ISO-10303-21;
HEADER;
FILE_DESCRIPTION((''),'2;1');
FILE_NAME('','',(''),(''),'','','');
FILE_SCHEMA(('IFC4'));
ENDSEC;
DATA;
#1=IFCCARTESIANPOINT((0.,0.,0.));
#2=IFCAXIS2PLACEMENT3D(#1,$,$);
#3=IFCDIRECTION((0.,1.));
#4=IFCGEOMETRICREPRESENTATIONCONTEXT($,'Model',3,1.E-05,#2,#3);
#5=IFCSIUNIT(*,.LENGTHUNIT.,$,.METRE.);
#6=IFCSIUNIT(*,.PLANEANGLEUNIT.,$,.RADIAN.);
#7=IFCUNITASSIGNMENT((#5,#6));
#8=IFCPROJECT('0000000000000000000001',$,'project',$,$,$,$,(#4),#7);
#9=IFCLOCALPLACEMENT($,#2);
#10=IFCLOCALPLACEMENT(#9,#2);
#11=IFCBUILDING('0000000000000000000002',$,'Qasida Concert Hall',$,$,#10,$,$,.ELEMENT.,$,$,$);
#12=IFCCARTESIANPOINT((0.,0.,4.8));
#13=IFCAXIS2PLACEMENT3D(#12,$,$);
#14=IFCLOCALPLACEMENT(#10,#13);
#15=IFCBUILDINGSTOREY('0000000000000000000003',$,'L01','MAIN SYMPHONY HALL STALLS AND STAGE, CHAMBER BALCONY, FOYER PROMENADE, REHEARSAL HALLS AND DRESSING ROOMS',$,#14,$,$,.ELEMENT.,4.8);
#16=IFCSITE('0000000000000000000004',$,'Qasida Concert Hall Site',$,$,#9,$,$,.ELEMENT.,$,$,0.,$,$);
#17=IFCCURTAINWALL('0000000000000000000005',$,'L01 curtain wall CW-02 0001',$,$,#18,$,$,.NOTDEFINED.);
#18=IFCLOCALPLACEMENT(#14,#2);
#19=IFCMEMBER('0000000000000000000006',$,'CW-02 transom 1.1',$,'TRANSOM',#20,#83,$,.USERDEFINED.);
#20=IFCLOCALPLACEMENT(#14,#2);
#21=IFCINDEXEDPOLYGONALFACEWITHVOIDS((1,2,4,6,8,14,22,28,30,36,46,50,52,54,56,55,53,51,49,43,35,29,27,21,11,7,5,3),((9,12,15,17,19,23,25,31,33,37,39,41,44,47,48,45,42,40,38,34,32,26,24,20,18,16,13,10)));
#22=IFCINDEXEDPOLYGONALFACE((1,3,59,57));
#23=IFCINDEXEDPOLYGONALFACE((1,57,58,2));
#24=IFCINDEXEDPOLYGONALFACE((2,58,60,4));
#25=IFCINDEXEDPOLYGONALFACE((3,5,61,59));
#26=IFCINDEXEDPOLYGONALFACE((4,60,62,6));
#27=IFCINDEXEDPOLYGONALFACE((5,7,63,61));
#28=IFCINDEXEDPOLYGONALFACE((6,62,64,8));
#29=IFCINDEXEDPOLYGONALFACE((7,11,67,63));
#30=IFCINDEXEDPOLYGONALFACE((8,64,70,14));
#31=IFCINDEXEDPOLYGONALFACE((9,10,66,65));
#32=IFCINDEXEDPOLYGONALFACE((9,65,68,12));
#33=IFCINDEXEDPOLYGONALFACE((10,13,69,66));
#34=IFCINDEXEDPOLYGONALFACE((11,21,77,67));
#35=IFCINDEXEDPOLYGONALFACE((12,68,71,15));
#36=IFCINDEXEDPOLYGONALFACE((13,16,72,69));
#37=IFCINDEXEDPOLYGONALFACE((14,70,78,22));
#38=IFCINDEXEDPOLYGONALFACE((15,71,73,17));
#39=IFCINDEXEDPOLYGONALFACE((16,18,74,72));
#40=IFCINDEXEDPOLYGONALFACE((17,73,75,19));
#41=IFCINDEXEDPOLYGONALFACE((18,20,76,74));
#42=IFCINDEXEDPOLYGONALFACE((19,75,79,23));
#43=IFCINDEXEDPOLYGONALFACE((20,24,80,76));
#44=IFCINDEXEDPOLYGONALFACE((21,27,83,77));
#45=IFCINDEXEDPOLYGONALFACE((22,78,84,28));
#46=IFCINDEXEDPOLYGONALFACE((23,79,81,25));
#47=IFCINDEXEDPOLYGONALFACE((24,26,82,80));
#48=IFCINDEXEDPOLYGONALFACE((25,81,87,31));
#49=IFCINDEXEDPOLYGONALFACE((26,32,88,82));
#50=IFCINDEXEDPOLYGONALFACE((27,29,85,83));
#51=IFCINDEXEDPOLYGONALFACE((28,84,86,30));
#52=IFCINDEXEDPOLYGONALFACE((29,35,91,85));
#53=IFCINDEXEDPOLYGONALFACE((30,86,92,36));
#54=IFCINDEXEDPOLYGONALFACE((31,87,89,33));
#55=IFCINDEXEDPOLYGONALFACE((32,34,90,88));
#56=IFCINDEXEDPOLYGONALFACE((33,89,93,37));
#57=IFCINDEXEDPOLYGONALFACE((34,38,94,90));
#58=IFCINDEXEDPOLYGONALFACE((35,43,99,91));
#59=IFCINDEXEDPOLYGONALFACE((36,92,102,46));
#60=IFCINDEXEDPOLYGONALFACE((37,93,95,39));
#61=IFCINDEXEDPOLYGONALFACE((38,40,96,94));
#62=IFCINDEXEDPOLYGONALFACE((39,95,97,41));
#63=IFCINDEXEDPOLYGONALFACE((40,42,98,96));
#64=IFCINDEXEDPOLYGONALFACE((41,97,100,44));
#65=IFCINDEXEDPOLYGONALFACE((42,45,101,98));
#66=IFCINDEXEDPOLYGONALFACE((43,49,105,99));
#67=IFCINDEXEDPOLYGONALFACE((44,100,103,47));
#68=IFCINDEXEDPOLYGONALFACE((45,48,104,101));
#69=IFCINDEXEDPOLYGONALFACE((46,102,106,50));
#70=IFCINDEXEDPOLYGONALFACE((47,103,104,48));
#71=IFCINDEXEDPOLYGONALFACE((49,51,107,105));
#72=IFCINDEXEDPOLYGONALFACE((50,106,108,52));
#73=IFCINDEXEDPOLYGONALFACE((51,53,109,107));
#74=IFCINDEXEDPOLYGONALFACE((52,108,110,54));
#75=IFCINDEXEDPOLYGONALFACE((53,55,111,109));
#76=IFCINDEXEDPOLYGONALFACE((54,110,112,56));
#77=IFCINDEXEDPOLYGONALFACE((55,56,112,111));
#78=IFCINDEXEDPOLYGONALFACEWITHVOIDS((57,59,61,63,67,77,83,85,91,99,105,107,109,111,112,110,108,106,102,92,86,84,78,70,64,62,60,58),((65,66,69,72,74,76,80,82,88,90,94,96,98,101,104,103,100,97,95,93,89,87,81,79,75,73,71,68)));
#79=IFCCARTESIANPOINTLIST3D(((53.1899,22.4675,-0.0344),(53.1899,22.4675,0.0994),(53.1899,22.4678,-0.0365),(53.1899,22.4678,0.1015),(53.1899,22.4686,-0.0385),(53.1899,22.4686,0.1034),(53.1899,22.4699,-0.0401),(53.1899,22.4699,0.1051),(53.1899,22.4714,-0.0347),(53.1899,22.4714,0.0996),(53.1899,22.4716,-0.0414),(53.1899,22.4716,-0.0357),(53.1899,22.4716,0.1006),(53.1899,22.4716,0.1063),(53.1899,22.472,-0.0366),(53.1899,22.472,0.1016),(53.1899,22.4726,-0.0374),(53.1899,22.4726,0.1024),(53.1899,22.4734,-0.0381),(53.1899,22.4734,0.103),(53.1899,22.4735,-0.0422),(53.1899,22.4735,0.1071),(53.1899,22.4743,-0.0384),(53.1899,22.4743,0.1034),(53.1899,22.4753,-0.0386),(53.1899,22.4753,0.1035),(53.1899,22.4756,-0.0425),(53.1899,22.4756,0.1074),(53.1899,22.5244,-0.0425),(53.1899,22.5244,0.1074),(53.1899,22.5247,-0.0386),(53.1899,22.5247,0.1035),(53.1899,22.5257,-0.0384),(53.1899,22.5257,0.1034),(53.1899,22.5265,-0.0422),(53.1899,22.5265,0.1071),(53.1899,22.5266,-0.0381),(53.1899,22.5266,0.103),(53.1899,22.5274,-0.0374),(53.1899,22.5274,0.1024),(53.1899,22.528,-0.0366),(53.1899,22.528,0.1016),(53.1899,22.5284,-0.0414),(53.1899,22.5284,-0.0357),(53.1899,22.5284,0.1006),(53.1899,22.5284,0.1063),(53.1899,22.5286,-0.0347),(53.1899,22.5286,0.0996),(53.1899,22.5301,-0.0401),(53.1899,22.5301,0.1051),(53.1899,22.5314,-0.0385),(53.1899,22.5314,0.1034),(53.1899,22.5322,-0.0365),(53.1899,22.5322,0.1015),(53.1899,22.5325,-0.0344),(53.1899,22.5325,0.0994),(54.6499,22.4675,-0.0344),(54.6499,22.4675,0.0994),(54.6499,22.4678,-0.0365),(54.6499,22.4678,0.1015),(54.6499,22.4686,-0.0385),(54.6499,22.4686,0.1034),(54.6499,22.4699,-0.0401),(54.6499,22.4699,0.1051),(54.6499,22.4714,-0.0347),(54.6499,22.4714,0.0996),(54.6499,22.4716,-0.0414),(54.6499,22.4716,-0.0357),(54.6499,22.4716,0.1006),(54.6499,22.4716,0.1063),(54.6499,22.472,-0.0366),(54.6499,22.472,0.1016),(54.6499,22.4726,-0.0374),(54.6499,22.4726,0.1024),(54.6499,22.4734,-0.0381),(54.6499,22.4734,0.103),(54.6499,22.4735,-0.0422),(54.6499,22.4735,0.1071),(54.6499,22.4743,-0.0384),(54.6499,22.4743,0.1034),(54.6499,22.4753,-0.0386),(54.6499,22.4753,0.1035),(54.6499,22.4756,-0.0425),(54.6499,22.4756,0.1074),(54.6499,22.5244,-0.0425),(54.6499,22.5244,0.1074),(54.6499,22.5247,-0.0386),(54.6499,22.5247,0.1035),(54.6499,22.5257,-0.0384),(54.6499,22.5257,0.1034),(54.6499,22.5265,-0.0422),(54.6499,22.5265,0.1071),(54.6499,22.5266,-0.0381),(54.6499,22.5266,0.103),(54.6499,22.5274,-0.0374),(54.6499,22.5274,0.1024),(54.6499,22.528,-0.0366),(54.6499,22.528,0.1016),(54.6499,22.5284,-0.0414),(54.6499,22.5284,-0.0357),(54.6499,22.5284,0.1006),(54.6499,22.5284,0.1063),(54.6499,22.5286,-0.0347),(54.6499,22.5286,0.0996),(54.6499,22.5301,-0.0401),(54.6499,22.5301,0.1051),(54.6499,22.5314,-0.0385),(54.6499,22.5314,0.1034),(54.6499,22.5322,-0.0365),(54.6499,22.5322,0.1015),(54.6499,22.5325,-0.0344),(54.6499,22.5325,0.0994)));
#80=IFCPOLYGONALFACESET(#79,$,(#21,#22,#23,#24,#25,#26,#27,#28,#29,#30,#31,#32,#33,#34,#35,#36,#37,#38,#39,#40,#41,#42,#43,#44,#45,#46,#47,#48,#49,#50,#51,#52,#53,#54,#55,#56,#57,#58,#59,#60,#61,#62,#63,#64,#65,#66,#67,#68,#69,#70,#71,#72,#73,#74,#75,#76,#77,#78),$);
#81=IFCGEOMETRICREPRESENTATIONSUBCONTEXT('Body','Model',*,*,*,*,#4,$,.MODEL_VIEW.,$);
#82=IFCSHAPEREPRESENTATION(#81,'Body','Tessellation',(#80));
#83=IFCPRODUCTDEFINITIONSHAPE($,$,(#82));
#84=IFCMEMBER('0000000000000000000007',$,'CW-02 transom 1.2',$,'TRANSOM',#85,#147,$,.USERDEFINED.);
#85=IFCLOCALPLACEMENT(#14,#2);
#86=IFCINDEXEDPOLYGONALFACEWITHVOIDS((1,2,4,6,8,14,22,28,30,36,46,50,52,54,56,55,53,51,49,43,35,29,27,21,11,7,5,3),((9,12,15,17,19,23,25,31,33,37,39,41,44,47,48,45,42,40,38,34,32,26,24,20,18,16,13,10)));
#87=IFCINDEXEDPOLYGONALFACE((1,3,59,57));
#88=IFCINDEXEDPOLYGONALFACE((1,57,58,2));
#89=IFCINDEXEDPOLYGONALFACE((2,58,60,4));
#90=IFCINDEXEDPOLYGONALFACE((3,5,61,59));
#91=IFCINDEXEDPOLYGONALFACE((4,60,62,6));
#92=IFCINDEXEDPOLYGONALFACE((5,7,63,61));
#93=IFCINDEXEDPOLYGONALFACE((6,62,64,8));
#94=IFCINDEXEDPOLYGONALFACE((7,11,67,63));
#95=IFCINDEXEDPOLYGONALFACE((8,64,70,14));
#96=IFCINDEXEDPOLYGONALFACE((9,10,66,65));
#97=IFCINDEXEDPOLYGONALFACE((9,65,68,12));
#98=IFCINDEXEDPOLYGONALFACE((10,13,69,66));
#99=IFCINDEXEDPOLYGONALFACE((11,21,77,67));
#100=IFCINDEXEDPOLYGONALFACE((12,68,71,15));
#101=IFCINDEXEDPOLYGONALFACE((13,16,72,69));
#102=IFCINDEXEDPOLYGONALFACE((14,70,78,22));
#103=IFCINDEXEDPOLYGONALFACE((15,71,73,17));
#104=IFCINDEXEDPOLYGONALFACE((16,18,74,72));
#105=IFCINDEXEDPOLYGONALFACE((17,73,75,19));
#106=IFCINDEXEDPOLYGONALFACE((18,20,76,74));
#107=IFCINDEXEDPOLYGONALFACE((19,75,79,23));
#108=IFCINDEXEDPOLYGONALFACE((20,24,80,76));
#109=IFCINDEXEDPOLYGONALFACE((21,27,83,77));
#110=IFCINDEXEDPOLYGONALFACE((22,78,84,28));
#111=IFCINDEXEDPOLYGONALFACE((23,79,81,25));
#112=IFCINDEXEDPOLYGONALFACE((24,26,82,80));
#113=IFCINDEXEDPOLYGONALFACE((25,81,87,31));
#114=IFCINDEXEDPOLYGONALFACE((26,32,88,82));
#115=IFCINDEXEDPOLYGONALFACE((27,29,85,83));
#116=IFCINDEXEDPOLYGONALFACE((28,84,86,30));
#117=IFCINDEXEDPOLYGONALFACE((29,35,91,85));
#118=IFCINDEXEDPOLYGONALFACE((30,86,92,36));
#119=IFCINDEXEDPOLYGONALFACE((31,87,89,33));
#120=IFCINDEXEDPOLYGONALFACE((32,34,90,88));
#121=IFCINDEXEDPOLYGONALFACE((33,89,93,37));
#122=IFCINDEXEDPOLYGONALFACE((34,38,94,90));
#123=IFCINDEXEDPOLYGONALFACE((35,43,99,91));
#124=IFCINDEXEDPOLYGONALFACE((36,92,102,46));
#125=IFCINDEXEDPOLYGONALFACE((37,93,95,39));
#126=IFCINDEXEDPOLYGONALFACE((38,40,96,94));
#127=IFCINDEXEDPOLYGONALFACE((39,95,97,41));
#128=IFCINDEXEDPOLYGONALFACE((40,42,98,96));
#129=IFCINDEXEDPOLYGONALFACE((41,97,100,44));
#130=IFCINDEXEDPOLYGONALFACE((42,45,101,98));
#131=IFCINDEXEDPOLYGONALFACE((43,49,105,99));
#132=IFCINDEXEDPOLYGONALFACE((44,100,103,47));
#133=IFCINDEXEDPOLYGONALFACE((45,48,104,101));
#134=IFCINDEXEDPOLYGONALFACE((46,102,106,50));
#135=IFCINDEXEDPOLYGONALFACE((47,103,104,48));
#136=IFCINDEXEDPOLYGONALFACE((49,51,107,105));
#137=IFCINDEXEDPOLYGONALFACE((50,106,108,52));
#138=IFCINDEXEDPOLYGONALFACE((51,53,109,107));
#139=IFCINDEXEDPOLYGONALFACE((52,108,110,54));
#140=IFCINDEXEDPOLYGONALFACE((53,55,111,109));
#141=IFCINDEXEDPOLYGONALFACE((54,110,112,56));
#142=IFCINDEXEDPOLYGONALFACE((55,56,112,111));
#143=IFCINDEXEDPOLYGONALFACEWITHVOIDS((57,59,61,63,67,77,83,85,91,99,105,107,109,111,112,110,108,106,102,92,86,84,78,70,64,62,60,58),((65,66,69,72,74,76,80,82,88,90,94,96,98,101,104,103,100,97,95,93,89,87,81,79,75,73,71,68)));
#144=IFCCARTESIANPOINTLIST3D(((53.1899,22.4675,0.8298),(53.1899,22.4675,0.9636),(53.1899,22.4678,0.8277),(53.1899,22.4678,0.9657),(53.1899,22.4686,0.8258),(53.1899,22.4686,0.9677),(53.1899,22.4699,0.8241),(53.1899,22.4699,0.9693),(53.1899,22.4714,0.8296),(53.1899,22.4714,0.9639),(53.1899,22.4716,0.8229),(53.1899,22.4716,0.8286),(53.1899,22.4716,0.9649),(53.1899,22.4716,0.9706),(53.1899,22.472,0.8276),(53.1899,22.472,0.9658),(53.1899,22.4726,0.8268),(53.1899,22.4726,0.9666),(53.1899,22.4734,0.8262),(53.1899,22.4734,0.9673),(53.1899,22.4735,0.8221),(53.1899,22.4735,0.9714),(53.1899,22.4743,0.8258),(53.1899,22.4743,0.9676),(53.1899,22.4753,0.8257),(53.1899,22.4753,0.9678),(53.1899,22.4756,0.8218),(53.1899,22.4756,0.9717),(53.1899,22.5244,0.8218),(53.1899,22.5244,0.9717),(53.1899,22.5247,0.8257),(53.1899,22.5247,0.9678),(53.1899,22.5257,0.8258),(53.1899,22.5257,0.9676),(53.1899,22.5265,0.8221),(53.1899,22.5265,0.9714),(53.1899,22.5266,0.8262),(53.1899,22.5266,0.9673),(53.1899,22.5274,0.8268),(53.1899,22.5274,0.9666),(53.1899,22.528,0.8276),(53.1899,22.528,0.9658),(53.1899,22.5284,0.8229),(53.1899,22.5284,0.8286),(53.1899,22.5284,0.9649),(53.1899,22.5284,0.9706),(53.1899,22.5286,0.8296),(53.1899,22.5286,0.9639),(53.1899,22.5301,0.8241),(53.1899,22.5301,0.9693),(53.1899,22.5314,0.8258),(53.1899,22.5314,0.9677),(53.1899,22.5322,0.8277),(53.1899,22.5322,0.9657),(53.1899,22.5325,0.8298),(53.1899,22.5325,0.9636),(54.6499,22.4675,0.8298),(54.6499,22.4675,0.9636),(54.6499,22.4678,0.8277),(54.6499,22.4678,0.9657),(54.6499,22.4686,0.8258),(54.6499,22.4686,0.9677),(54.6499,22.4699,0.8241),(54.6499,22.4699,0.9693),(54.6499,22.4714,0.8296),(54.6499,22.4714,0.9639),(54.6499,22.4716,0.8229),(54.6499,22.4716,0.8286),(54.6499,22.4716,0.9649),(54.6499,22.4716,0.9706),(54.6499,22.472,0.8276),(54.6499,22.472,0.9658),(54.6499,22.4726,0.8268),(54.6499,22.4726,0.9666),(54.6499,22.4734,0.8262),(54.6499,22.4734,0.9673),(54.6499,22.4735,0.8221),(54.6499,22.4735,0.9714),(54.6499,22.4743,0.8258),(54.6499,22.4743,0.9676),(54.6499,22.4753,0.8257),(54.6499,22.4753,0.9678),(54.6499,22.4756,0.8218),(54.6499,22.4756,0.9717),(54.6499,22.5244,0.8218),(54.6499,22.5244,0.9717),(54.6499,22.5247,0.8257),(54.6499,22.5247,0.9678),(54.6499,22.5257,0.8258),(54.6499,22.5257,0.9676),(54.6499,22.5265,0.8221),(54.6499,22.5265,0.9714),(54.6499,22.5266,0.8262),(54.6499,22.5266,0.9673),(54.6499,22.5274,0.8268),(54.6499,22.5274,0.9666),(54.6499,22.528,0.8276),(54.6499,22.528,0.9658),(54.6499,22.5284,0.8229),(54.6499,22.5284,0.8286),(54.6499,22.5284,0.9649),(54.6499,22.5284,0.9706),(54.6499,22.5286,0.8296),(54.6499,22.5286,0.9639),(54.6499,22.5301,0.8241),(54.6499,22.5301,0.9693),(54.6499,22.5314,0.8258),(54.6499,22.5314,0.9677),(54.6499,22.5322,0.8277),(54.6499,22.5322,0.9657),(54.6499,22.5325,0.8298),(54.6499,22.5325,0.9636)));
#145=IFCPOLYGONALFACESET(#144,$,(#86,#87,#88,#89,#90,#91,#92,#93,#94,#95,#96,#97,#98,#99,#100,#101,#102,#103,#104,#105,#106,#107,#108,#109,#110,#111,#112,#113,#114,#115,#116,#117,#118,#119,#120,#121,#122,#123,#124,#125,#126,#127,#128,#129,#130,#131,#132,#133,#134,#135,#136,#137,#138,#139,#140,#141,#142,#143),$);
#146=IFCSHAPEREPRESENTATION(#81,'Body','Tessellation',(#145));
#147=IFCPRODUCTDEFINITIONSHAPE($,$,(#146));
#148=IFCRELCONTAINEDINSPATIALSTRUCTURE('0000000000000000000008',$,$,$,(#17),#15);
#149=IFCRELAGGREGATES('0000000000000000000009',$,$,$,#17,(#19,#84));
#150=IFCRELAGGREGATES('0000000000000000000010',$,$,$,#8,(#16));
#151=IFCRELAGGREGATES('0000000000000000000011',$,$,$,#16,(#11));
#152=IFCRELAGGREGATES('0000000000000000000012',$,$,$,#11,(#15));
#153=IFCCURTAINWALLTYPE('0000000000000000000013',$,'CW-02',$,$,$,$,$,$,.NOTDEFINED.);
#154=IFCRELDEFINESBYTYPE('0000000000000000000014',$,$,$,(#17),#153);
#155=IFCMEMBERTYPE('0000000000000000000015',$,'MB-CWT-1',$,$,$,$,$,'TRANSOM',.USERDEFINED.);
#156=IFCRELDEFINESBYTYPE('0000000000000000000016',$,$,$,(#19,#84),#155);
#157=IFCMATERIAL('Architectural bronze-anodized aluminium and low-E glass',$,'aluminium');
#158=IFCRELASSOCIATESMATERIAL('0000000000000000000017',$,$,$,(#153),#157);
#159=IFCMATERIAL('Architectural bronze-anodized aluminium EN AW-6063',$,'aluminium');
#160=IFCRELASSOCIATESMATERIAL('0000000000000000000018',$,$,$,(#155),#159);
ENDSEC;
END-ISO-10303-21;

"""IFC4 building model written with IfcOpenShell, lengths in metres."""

from ifc_helpers import new_model, si_unit, direction, frame, origin, origin_2d, place, context, subcontext, project, spatial, hollow_rectangle, extrude, material, material_profile, profile_set, type_object, element, aggregate, save


model = new_model("IFC4")

# Units and contexts
model_context = context("Model", 3, precision=1e-05, world=origin(), true_north=direction((0.0, 1.0)))
body_context = subcontext(model_context, "Body", "Model", "MODEL_VIEW")
ifc_project = project(units=[si_unit("LENGTHUNIT", "METRE"), si_unit("PLANEANGLEUNIT", "RADIAN")], contexts=[model_context])

# Site, building, storey
site_placement = place(None, origin())
site = spatial("IfcSite", under=ifc_project, at=site_placement, Name="Qasida Concert Hall Site", CompositionType="ELEMENT", RefElevation=0.0)
building_placement = place(site_placement, origin())
building = spatial("IfcBuilding", under=site, at=building_placement, Name="Qasida Concert Hall", CompositionType="ELEMENT")
storey_placement = place(building_placement, frame((0.0, 0.0, 4.8)))
storey = spatial("IfcBuildingStorey", under=building, at=storey_placement, Name="L01", Description="MAIN SYMPHONY HALL STALLS AND STAGE, CHAMBER BALCONY, FOYER PROMENADE, REHEARSAL HALLS AND DRESSING ROOMS", CompositionType="ELEMENT", Elevation=4.8)

# Curtain wall, members
ifc_material_1 = material(Name="Architectural bronze-anodized aluminium and low-E glass", Category="aluminium")
curtain_wall_type = type_object("IfcCurtainWallType", Name="CW-02", PredefinedType="NOTDEFINED", material=ifc_material_1)
curtain_wall_placement = place(storey_placement, origin())
curtain_wall = element("IfcCurtainWall", 1, at=curtain_wall_placement, inside=storey, type_object=curtain_wall_type, Name="L01 curtain wall CW-02 0001", PredefinedType="NOTDEFINED")
ifc_material_2 = material(Name="Architectural bronze-anodized aluminium EN AW-6063", Category="aluminium")
ifc_material_profile_1 = material_profile(ifc_material_2, hollow_rectangle(XDim=0.0649, YDim=0.1499, WallThickness=0.0039, InnerFilletRadius=0.0039, OuterFilletRadius=0.0081, at=origin_2d()), Name="CWT 150x65x4")
ifc_profile_set_1 = profile_set([ifc_material_profile_1], Name="Architectural bronze-anodized aluminium EN AW-6063")
member_type_1 = type_object("IfcMemberType", Name="MB-CWT-1", ElementType="TRANSOM", PredefinedType="USERDEFINED", material=ifc_profile_set_1)
member_1_placement = place(storey_placement, frame((53.1899, 22.5, 0.0325), z_axis=(1.0, 0.0, 0.0), x_axis=(0.0, 1.0, 0.0)))
member_1 = element("IfcMember", 2, at=member_1_placement, type_object=member_type_1, Name="CW-02 transom 1.1", ObjectType="TRANSOM", PredefinedType="USERDEFINED", context=body_context, shape_type="SweptSolid", body=[
    extrude(hollow_rectangle(XDim=0.0649, YDim=0.1499, WallThickness=0.0039, InnerFilletRadius=0.0039, OuterFilletRadius=0.0081, at=origin_2d()), origin(), (0.0, 0.0, 1.0), 1.46),
])
member_2_placement = place(storey_placement, frame((53.1899, 22.5, 0.8967), z_axis=(1.0, 0.0, 0.0), x_axis=(0.0, 1.0, 0.0)))
member_2 = element("IfcMember", 3, at=member_2_placement, type_object=member_type_1, Name="CW-02 transom 1.2", ObjectType="TRANSOM", PredefinedType="USERDEFINED", context=body_context, shape_type="SweptSolid", body=[
    extrude(hollow_rectangle(XDim=0.0649, YDim=0.1499, WallThickness=0.0039, InnerFilletRadius=0.0039, OuterFilletRadius=0.0081, at=origin_2d()), origin(), (0.0, 0.0, 1.0), 1.46),
])
aggregate(curtain_wall, [member_1, member_2])

save(model, "model.ifc")
